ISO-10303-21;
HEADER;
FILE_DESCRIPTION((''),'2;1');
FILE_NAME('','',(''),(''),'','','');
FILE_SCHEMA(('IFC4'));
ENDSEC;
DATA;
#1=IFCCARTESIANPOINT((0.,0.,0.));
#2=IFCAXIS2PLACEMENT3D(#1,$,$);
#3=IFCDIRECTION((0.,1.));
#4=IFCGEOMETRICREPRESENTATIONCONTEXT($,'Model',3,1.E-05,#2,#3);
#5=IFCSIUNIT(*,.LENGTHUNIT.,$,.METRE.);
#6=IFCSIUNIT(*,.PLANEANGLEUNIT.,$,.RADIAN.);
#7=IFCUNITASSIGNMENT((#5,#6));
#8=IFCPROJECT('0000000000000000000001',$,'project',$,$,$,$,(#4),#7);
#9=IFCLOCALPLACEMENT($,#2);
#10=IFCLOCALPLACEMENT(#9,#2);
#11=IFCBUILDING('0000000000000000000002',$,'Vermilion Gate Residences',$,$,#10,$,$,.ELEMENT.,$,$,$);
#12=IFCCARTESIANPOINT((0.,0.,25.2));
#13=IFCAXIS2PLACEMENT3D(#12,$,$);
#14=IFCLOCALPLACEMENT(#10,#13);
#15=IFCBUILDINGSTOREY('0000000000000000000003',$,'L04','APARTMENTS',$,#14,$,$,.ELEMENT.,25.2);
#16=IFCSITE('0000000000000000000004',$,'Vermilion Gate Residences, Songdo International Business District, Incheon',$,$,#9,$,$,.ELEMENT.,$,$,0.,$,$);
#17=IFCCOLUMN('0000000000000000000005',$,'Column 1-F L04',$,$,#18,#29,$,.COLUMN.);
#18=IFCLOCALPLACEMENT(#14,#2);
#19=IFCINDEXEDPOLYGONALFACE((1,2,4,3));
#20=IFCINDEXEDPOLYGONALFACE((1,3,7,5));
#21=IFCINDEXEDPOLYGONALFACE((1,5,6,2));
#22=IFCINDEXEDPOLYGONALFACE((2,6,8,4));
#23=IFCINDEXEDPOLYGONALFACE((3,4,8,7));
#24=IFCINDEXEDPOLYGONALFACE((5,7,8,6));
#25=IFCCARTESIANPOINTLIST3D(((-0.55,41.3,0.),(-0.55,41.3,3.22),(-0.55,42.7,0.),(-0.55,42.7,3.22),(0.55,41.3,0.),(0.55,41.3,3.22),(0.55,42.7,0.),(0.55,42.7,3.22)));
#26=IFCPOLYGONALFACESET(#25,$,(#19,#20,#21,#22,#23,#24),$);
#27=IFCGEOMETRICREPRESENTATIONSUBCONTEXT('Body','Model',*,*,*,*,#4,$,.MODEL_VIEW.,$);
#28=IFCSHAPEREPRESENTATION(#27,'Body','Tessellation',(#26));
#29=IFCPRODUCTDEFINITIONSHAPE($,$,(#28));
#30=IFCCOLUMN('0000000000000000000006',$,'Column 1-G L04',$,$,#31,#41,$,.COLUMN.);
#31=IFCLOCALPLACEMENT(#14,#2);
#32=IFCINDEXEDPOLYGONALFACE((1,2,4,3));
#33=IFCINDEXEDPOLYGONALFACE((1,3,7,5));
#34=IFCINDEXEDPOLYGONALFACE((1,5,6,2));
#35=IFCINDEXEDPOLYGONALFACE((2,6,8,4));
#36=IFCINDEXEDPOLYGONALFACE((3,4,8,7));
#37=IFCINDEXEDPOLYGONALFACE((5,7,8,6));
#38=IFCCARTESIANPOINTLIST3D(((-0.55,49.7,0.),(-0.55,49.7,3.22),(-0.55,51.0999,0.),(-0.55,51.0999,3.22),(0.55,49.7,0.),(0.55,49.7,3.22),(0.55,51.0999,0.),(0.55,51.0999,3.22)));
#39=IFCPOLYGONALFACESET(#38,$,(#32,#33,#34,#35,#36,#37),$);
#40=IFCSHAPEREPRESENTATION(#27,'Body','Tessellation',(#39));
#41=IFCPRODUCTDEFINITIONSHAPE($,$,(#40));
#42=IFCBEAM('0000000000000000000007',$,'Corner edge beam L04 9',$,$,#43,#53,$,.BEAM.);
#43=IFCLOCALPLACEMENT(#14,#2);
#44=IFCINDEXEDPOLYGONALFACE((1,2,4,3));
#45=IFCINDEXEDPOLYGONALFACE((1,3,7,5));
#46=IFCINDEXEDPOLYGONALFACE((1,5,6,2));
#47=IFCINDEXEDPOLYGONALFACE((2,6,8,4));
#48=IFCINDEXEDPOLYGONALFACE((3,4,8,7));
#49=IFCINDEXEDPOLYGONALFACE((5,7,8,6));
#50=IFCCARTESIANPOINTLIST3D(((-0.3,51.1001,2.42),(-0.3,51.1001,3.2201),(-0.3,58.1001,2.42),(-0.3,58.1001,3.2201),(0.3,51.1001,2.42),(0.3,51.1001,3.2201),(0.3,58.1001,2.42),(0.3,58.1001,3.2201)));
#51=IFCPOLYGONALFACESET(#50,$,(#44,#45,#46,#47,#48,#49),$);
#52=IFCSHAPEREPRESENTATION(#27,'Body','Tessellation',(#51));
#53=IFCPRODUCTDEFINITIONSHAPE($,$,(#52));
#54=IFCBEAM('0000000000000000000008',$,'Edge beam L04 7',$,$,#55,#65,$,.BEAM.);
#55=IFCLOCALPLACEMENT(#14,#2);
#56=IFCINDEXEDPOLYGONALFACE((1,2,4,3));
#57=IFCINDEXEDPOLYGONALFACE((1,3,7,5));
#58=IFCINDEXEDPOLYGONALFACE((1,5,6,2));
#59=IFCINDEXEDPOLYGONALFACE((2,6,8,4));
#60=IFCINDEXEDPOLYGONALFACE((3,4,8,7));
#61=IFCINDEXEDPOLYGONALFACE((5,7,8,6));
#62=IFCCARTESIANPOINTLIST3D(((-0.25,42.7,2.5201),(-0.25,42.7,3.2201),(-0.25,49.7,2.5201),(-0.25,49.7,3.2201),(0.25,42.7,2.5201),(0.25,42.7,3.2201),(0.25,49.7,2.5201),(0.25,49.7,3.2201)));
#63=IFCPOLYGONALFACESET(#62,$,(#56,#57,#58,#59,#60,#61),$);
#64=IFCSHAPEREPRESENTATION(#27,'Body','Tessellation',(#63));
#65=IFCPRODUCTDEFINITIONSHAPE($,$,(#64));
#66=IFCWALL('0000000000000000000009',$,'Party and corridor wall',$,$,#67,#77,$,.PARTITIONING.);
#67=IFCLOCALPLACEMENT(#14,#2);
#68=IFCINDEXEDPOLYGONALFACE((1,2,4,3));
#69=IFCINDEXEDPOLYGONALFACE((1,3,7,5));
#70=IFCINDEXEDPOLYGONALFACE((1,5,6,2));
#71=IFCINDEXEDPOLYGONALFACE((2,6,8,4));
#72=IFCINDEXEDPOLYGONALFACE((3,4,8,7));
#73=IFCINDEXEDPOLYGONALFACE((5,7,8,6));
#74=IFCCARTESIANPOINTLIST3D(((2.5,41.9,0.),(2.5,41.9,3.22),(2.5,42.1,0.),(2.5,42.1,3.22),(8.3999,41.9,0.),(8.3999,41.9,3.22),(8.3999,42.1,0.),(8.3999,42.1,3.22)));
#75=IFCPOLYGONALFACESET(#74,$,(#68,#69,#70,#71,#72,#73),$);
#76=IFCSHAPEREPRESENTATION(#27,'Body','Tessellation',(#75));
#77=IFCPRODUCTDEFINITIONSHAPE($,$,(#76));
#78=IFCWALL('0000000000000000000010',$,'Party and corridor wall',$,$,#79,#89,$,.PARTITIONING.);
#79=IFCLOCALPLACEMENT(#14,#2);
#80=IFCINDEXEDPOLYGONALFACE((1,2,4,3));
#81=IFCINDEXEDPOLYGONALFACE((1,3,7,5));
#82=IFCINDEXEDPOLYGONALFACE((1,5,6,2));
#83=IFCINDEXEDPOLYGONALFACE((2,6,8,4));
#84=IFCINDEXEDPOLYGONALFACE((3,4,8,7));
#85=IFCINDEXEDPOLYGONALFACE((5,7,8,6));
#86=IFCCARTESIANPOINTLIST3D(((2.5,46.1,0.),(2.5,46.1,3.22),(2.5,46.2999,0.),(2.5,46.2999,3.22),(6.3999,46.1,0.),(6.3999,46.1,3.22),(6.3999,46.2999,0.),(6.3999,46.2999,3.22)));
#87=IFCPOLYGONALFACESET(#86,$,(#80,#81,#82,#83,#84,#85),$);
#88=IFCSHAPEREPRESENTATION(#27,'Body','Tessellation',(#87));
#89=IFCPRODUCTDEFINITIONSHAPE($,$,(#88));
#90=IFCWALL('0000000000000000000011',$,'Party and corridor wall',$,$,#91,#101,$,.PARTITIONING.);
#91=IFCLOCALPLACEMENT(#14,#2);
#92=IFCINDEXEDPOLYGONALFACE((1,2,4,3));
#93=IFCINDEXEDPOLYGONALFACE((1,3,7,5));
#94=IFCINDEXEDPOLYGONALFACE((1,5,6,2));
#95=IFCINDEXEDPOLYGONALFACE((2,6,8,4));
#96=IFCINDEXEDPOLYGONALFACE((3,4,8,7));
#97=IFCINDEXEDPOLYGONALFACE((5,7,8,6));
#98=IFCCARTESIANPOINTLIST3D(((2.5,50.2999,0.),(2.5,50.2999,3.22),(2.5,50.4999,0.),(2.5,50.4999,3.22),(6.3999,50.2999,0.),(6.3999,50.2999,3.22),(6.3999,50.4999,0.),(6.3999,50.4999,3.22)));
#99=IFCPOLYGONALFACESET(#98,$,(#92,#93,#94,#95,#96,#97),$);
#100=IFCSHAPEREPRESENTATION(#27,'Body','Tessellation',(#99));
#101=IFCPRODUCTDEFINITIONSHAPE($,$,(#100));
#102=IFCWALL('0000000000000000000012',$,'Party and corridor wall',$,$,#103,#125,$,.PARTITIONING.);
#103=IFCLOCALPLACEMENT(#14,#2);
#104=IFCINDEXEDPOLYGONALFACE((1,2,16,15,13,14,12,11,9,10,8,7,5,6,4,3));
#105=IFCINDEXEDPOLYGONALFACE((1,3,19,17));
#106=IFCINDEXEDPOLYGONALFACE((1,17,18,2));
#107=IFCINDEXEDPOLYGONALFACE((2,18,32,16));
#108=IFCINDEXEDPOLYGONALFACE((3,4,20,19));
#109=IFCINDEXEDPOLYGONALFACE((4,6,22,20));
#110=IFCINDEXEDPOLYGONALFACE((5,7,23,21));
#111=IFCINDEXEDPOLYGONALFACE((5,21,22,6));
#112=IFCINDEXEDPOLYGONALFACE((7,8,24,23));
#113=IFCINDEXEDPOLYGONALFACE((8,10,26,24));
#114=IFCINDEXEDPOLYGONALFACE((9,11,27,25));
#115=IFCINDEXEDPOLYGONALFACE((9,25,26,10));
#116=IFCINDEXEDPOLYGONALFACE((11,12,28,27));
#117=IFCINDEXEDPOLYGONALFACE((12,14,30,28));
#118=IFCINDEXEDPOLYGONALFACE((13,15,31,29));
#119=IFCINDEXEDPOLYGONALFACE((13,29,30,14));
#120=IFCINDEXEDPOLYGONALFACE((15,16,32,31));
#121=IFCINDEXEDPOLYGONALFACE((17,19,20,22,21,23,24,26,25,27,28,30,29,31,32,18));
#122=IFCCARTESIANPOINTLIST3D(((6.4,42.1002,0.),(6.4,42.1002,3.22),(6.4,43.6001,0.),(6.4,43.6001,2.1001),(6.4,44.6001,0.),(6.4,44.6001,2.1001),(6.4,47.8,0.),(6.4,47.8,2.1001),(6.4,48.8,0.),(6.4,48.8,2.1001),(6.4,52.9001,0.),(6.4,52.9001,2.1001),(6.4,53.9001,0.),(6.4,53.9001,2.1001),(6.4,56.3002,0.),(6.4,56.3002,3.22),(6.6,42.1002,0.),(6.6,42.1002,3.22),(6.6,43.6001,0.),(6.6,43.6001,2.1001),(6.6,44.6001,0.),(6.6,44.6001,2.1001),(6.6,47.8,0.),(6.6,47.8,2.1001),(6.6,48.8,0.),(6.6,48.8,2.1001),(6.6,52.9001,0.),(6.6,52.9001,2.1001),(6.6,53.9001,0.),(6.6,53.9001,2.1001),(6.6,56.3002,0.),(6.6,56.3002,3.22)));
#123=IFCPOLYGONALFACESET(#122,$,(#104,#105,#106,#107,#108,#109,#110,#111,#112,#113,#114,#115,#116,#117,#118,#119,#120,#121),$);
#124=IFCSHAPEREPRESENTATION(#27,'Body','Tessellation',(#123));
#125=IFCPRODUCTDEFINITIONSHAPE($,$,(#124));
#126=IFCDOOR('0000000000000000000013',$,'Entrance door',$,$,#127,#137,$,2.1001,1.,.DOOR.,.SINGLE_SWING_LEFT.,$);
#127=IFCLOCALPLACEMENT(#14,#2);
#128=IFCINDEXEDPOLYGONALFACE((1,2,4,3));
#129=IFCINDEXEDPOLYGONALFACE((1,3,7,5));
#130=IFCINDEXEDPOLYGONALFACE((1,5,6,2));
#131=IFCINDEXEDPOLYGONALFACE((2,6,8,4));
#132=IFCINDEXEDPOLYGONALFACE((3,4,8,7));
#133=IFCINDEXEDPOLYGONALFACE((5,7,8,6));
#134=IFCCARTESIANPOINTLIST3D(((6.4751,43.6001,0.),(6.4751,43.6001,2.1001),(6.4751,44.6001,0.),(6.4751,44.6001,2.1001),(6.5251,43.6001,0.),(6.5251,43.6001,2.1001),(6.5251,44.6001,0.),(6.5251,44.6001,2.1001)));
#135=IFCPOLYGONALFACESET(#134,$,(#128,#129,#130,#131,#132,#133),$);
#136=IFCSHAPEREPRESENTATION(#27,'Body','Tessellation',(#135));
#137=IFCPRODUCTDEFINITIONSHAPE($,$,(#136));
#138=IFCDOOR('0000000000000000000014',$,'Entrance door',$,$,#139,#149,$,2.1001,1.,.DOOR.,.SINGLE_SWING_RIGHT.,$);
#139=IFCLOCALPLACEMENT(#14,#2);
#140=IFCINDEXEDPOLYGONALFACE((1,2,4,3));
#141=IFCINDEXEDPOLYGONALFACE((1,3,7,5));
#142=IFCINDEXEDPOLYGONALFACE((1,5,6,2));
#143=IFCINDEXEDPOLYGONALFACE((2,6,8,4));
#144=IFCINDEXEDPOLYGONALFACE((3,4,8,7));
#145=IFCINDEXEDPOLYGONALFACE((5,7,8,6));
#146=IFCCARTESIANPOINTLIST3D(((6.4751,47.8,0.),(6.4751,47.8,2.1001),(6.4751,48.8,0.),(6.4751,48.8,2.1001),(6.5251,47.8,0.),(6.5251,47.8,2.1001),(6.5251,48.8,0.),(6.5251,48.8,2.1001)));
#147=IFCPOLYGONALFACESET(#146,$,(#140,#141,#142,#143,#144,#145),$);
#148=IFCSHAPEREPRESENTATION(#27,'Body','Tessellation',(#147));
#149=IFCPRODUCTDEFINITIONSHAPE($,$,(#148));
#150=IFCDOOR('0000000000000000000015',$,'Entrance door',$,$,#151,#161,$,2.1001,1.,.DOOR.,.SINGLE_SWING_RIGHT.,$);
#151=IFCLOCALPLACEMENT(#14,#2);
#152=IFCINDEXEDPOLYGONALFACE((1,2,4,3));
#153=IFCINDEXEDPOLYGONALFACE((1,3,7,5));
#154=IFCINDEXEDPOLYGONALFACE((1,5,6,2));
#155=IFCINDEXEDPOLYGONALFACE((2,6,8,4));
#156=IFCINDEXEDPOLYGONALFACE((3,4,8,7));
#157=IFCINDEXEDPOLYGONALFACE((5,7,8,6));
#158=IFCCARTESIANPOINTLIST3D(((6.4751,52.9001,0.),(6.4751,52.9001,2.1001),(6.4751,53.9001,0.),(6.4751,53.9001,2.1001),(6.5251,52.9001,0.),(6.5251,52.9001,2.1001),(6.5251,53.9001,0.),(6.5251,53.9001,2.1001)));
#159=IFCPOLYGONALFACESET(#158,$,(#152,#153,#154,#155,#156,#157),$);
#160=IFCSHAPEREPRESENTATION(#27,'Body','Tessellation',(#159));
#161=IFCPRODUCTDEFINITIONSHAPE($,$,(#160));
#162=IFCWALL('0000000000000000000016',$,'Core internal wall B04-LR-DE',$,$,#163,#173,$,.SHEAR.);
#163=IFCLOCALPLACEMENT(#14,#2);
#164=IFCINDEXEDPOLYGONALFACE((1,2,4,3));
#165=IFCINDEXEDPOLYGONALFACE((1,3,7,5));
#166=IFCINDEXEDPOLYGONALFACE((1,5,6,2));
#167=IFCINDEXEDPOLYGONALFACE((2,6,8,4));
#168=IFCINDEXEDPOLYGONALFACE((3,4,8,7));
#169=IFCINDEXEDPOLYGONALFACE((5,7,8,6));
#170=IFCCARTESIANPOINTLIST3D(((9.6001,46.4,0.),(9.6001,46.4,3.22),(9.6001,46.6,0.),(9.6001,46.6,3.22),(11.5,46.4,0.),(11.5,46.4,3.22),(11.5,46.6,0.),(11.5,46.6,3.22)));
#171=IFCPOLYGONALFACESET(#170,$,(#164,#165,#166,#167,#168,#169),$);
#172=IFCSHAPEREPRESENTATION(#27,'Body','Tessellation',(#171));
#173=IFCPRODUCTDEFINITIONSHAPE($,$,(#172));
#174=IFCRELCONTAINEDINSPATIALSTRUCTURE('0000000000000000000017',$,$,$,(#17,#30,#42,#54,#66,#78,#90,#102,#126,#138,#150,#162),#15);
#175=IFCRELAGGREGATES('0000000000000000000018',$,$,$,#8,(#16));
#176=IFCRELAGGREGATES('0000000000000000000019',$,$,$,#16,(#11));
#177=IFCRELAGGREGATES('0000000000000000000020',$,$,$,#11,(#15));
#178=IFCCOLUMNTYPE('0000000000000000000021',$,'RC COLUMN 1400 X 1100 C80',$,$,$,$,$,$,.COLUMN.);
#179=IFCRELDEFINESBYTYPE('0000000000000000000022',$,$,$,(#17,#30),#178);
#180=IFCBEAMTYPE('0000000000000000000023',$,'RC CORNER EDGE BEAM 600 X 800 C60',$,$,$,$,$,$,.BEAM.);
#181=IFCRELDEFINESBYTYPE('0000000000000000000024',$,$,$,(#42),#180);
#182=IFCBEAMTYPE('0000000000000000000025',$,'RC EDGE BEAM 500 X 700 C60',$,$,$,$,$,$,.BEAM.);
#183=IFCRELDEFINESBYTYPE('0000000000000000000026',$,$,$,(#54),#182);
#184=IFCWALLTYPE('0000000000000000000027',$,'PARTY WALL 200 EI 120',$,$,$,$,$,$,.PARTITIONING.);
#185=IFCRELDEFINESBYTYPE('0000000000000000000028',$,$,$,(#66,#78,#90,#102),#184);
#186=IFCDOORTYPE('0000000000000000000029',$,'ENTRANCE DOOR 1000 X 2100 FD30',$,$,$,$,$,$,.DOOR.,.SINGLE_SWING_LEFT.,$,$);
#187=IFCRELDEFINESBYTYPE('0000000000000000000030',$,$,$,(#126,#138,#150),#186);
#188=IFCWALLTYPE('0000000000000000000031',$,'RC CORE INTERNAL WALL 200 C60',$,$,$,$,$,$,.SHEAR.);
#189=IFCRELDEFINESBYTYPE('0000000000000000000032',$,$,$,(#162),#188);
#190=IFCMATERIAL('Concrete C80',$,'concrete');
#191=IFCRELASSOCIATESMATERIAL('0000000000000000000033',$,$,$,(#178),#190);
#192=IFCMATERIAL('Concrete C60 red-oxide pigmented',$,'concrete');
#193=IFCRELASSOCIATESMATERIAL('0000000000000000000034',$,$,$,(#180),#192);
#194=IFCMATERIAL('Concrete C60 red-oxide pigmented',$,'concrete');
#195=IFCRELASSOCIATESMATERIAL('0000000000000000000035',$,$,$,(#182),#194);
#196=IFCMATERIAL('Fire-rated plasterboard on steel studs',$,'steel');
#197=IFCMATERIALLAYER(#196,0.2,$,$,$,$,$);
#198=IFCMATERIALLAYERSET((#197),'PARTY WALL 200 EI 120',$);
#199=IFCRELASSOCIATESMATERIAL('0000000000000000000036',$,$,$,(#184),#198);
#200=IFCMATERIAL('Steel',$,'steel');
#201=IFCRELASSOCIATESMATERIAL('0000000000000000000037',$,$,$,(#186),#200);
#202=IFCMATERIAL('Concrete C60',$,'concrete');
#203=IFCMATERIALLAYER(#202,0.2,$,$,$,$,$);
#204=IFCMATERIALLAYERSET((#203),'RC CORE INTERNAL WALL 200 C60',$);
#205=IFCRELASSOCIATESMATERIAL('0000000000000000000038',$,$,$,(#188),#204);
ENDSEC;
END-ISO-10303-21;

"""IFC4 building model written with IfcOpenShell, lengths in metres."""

from ifc_helpers import new_model, si_unit, direction, frame, frame_2d, origin, origin_2d, place, context, subcontext, project, spatial, rectangle, extrude, material, layer, layer_set, material_profile, profile_set, type_object, element, fill, save


model = new_model("IFC4")

# Units and contexts
model_context = context("Model", 3, precision=1e-05, world=origin(), true_north=direction((0.0, 1.0)))
body_context = subcontext(model_context, "Body", "Model", "MODEL_VIEW")
ifc_project = project(units=[si_unit("LENGTHUNIT", "METRE"), si_unit("PLANEANGLEUNIT", "RADIAN")], contexts=[model_context])

# Site, building, storey
site_placement = place(None, origin())
site = spatial("IfcSite", under=ifc_project, at=site_placement, Name="Vermilion Gate Residences, Songdo International Business District, Incheon", CompositionType="ELEMENT", RefElevation=0.0)
building_placement = place(site_placement, origin())
building = spatial("IfcBuilding", under=site, at=building_placement, Name="Vermilion Gate Residences", CompositionType="ELEMENT")
storey_placement = place(building_placement, frame((0.0, 0.0, 25.2)))
storey = spatial("IfcBuildingStorey", under=building, at=storey_placement, Name="L04", Description="APARTMENTS", CompositionType="ELEMENT", Elevation=25.2)

# Columns
ifc_material_1 = material(Name="Concrete C80", Category="concrete")
ifc_material_profile_1 = material_profile(ifc_material_1, rectangle(XDim=1.3999, YDim=1.1001, at=origin_2d()), Name="RC-1400x1100")
ifc_profile_set_1 = profile_set([ifc_material_profile_1], Name="Concrete C80")
column_type = type_object("IfcColumnType", Name="RC COLUMN 1400 X 1100 C80", PredefinedType="COLUMN", material=ifc_profile_set_1)
for number, where, z_axis, x_axis, name in (
    (1, (0.0, 42.0, 0.0), (0.0, 0.0, 1.0), (0.0, 1.0, 0.0), "Column 1-F L04"),
    (2, (0.0, 50.3999, 0.0), (0.0, 0.0, 1.0), (0.0, 1.0, 0.0), "Column 1-G L04"),
):
    element("IfcColumn", number, at=place(storey_placement, frame(where, z_axis=z_axis, x_axis=x_axis)), inside=storey, type_object=column_type, Name=name, PredefinedType="COLUMN", context=body_context, shape_type="SweptSolid", body=[
        extrude(rectangle(XDim=1.3999, YDim=1.1001, at=origin_2d()), origin(), (0.0, 0.0, 1.0), 3.22),
    ])

# Beams
ifc_material_2 = material(Name="Concrete C60 red-oxide pigmented", Category="concrete")
ifc_material_profile_2 = material_profile(ifc_material_2, rectangle(XDim=0.6001, YDim=0.8, at=origin_2d()), Name="RC-600x800")
ifc_profile_set_2 = profile_set([ifc_material_profile_2], Name="Concrete C60 red-oxide pigmented")
beam_type_1 = type_object("IfcBeamType", Name="RC CORNER EDGE BEAM 600 X 800 C60", PredefinedType="BEAM", material=ifc_profile_set_2)
beam_1_placement = place(storey_placement, frame((0.0, 51.1001, 2.8201), z_axis=(0.0, 1.0, 0.0), x_axis=(-1.0, 0.0, 0.0)))
element("IfcBeam", 3, at=beam_1_placement, inside=storey, type_object=beam_type_1, Name="Corner edge beam L04 9", PredefinedType="BEAM", context=body_context, shape_type="SweptSolid", body=[
    extrude(rectangle(XDim=0.6001, YDim=0.8, at=origin_2d()), origin(), (0.0, 0.0, 1.0), 7.0),
])
ifc_material_3 = material(Name="Concrete C60 red-oxide pigmented", Category="concrete")
ifc_material_profile_3 = material_profile(ifc_material_3, rectangle(XDim=0.5, YDim=0.7, at=origin_2d()), Name="RC-500x700")
ifc_profile_set_3 = profile_set([ifc_material_profile_3], Name="Concrete C60 red-oxide pigmented")
beam_type_2 = type_object("IfcBeamType", Name="RC EDGE BEAM 500 X 700 C60", PredefinedType="BEAM", material=ifc_profile_set_3)
beam_2_placement = place(storey_placement, frame((0.0, 42.7, 2.8701), z_axis=(0.0, 1.0, 0.0), x_axis=(-1.0, 0.0, 0.0)))
element("IfcBeam", 4, at=beam_2_placement, inside=storey, type_object=beam_type_2, Name="Edge beam L04 7", PredefinedType="BEAM", context=body_context, shape_type="SweptSolid", body=[
    extrude(rectangle(XDim=0.5, YDim=0.7, at=origin_2d()), origin(), (0.0, 0.0, 1.0), 7.0),
])

# Walls
ifc_material_4 = material(Name="Fire-rated plasterboard on steel studs", Category="steel")
ifc_layer_1 = layer(ifc_material_4, 0.2)
ifc_layer_set_1 = layer_set([ifc_layer_1], Name="PARTY WALL 200 EI 120")
wall_type_1 = type_object("IfcWallType", Name="PARTY WALL 200 EI 120", PredefinedType="PARTITIONING", material=ifc_layer_set_1)
wall_1_placement = place(storey_placement, frame((2.5, 42.0, 0.0), z_axis=(0.0, 0.0, 1.0), x_axis=(1.0, 0.0, 0.0)))
element("IfcWall", 5, at=wall_1_placement, inside=storey, type_object=wall_type_1, Name="Party and corridor wall", PredefinedType="PARTITIONING", context=body_context, shape_type="SweptSolid", body=[
    extrude(rectangle(XDim=5.8999, YDim=0.2, at=frame_2d((2.95, 0.0))), origin(), (0.0, 0.0, 1.0), 3.22),
])
for number, where, z_axis, x_axis, name in (
    (6, (2.5, 46.2, 0.0), (0.0, 0.0, 1.0), (1.0, 0.0, 0.0), "Party and corridor wall"),
    (7, (2.5, 50.3999, 0.0), (0.0, 0.0, 1.0), (1.0, 0.0, 0.0), "Party and corridor wall"),
):
    element("IfcWall", number, at=place(storey_placement, frame(where, z_axis=z_axis, x_axis=x_axis)), inside=storey, type_object=wall_type_1, Name=name, PredefinedType="PARTITIONING", context=body_context, shape_type="SweptSolid", body=[
        extrude(rectangle(XDim=3.8999, YDim=0.2, at=frame_2d((1.95, 0.0))), origin(), (0.0, 0.0, 1.0), 3.22),
    ])

# Wall, openings, doors
wall_2_placement = place(storey_placement, frame((6.5, 42.1001, 0.0), z_axis=(0.0, 0.0, 1.0), x_axis=(0.0, 1.0, 0.0)))
wall_2 = element("IfcWall", 8, at=wall_2_placement, inside=storey, type_object=wall_type_1, Name="Party and corridor wall", PredefinedType="PARTITIONING", context=body_context, shape_type="SweptSolid", body=[
    extrude(rectangle(XDim=14.2, YDim=0.2, at=frame_2d((7.1001, 0.0))), origin(), (0.0, 0.0, 1.0), 3.22),
])
opening_1_placement = place(wall_2_placement, frame((1.5, 0.0, 0.0)))
opening_1 = element("IfcOpeningElement", 9, at=opening_1_placement, cuts=wall_2, PredefinedType="OPENING", context=body_context, shape_type="SweptSolid", body=[
    extrude(rectangle(XDim=1.0, YDim=2.1001, at=frame_2d((0.5, 1.05))), frame((0.0, 0.1099, 0.0), z_axis=(0.0, -1.0, 0.0), x_axis=(1.0, 0.0, 0.0)), (0.0, 0.0, 1.0), 0.22),
])
opening_2_placement = place(wall_2_placement, frame((5.7, 0.0, 0.0)))
opening_2 = element("IfcOpeningElement", 10, at=opening_2_placement, cuts=wall_2, PredefinedType="OPENING", context=body_context, shape_type="SweptSolid", body=[
    extrude(rectangle(XDim=1.0, YDim=2.1001, at=frame_2d((0.5, 1.05))), frame((0.0, 0.1099, 0.0), z_axis=(0.0, -1.0, 0.0), x_axis=(1.0, 0.0, 0.0)), (0.0, 0.0, 1.0), 0.22),
])
opening_3_placement = place(wall_2_placement, frame((10.8, 0.0, 0.0)))
opening_3 = element("IfcOpeningElement", 11, at=opening_3_placement, cuts=wall_2, PredefinedType="OPENING", context=body_context, shape_type="SweptSolid", body=[
    extrude(rectangle(XDim=1.0, YDim=2.1001, at=frame_2d((0.5, 1.05))), frame((0.0, 0.1099, 0.0), z_axis=(0.0, -1.0, 0.0), x_axis=(1.0, 0.0, 0.0)), (0.0, 0.0, 1.0), 0.22),
])
ifc_material_5 = material(Name="Steel", Category="steel")
door_type_1 = type_object("IfcDoorType", Name="ENTRANCE DOOR 1000 X 2100 FD30", OperationType="SINGLE_SWING_LEFT", PredefinedType="DOOR", material=ifc_material_5)
door_1_placement = place(opening_1_placement, origin())
door_1 = element("IfcDoor", 12, at=door_1_placement, inside=storey, type_object=door_type_1, Name="Entrance door", OperationType="SINGLE_SWING_LEFT", OverallHeight=2.1001, OverallWidth=1.0, PredefinedType="DOOR", context=body_context, shape_type="SweptSolid", body=[
    extrude(rectangle(XDim=1.0, YDim=2.1001, at=frame_2d((0.5, 1.05))), frame((0.0, 0.0249, 0.0), z_axis=(0.0, -1.0, 0.0), x_axis=(1.0, 0.0, 0.0)), (0.0, 0.0, 1.0), 0.05),
])
fill(opening_1, door_1)
door_2_placement = place(opening_2_placement, origin())
door_2 = element("IfcDoor", 13, at=door_2_placement, inside=storey, type_object=door_type_1, Name="Entrance door", OperationType="SINGLE_SWING_RIGHT", OverallHeight=2.1001, OverallWidth=1.0, PredefinedType="DOOR", context=body_context, shape_type="SweptSolid", body=[
    extrude(rectangle(XDim=1.0, YDim=2.1001, at=frame_2d((0.5, 1.05))), frame((0.0, 0.0249, 0.0), z_axis=(0.0, -1.0, 0.0), x_axis=(1.0, 0.0, 0.0)), (0.0, 0.0, 1.0), 0.05),
])
fill(opening_2, door_2)
door_3_placement = place(opening_3_placement, origin())
door_3 = element("IfcDoor", 14, at=door_3_placement, inside=storey, type_object=door_type_1, Name="Entrance door", OperationType="SINGLE_SWING_RIGHT", OverallHeight=2.1001, OverallWidth=1.0, PredefinedType="DOOR", context=body_context, shape_type="SweptSolid", body=[
    extrude(rectangle(XDim=1.0, YDim=2.1001, at=frame_2d((0.5, 1.05))), frame((0.0, 0.0249, 0.0), z_axis=(0.0, -1.0, 0.0), x_axis=(1.0, 0.0, 0.0)), (0.0, 0.0, 1.0), 0.05),
])
fill(opening_3, door_3)

# Wall
ifc_material_6 = material(Name="Concrete C60", Category="concrete")
ifc_layer_2 = layer(ifc_material_6, 0.2)
ifc_layer_set_2 = layer_set([ifc_layer_2], Name="RC CORE INTERNAL WALL 200 C60")
wall_type_2 = type_object("IfcWallType", Name="RC CORE INTERNAL WALL 200 C60", PredefinedType="SHEAR", material=ifc_layer_set_2)
wall_3_placement = place(storey_placement, frame((9.6001, 46.5, 0.0), z_axis=(0.0, 0.0, 1.0), x_axis=(1.0, 0.0, 0.0)))
element("IfcWall", 15, at=wall_3_placement, inside=storey, type_object=wall_type_2, Name="Core internal wall B04-LR-DE", PredefinedType="SHEAR", context=body_context, shape_type="SweptSolid", body=[
    extrude(rectangle(XDim=1.8999, YDim=0.2, at=frame_2d((0.95, 0.0))), origin(), (0.0, 0.0, 1.0), 3.22),
])

save(model, "model.ifc")
